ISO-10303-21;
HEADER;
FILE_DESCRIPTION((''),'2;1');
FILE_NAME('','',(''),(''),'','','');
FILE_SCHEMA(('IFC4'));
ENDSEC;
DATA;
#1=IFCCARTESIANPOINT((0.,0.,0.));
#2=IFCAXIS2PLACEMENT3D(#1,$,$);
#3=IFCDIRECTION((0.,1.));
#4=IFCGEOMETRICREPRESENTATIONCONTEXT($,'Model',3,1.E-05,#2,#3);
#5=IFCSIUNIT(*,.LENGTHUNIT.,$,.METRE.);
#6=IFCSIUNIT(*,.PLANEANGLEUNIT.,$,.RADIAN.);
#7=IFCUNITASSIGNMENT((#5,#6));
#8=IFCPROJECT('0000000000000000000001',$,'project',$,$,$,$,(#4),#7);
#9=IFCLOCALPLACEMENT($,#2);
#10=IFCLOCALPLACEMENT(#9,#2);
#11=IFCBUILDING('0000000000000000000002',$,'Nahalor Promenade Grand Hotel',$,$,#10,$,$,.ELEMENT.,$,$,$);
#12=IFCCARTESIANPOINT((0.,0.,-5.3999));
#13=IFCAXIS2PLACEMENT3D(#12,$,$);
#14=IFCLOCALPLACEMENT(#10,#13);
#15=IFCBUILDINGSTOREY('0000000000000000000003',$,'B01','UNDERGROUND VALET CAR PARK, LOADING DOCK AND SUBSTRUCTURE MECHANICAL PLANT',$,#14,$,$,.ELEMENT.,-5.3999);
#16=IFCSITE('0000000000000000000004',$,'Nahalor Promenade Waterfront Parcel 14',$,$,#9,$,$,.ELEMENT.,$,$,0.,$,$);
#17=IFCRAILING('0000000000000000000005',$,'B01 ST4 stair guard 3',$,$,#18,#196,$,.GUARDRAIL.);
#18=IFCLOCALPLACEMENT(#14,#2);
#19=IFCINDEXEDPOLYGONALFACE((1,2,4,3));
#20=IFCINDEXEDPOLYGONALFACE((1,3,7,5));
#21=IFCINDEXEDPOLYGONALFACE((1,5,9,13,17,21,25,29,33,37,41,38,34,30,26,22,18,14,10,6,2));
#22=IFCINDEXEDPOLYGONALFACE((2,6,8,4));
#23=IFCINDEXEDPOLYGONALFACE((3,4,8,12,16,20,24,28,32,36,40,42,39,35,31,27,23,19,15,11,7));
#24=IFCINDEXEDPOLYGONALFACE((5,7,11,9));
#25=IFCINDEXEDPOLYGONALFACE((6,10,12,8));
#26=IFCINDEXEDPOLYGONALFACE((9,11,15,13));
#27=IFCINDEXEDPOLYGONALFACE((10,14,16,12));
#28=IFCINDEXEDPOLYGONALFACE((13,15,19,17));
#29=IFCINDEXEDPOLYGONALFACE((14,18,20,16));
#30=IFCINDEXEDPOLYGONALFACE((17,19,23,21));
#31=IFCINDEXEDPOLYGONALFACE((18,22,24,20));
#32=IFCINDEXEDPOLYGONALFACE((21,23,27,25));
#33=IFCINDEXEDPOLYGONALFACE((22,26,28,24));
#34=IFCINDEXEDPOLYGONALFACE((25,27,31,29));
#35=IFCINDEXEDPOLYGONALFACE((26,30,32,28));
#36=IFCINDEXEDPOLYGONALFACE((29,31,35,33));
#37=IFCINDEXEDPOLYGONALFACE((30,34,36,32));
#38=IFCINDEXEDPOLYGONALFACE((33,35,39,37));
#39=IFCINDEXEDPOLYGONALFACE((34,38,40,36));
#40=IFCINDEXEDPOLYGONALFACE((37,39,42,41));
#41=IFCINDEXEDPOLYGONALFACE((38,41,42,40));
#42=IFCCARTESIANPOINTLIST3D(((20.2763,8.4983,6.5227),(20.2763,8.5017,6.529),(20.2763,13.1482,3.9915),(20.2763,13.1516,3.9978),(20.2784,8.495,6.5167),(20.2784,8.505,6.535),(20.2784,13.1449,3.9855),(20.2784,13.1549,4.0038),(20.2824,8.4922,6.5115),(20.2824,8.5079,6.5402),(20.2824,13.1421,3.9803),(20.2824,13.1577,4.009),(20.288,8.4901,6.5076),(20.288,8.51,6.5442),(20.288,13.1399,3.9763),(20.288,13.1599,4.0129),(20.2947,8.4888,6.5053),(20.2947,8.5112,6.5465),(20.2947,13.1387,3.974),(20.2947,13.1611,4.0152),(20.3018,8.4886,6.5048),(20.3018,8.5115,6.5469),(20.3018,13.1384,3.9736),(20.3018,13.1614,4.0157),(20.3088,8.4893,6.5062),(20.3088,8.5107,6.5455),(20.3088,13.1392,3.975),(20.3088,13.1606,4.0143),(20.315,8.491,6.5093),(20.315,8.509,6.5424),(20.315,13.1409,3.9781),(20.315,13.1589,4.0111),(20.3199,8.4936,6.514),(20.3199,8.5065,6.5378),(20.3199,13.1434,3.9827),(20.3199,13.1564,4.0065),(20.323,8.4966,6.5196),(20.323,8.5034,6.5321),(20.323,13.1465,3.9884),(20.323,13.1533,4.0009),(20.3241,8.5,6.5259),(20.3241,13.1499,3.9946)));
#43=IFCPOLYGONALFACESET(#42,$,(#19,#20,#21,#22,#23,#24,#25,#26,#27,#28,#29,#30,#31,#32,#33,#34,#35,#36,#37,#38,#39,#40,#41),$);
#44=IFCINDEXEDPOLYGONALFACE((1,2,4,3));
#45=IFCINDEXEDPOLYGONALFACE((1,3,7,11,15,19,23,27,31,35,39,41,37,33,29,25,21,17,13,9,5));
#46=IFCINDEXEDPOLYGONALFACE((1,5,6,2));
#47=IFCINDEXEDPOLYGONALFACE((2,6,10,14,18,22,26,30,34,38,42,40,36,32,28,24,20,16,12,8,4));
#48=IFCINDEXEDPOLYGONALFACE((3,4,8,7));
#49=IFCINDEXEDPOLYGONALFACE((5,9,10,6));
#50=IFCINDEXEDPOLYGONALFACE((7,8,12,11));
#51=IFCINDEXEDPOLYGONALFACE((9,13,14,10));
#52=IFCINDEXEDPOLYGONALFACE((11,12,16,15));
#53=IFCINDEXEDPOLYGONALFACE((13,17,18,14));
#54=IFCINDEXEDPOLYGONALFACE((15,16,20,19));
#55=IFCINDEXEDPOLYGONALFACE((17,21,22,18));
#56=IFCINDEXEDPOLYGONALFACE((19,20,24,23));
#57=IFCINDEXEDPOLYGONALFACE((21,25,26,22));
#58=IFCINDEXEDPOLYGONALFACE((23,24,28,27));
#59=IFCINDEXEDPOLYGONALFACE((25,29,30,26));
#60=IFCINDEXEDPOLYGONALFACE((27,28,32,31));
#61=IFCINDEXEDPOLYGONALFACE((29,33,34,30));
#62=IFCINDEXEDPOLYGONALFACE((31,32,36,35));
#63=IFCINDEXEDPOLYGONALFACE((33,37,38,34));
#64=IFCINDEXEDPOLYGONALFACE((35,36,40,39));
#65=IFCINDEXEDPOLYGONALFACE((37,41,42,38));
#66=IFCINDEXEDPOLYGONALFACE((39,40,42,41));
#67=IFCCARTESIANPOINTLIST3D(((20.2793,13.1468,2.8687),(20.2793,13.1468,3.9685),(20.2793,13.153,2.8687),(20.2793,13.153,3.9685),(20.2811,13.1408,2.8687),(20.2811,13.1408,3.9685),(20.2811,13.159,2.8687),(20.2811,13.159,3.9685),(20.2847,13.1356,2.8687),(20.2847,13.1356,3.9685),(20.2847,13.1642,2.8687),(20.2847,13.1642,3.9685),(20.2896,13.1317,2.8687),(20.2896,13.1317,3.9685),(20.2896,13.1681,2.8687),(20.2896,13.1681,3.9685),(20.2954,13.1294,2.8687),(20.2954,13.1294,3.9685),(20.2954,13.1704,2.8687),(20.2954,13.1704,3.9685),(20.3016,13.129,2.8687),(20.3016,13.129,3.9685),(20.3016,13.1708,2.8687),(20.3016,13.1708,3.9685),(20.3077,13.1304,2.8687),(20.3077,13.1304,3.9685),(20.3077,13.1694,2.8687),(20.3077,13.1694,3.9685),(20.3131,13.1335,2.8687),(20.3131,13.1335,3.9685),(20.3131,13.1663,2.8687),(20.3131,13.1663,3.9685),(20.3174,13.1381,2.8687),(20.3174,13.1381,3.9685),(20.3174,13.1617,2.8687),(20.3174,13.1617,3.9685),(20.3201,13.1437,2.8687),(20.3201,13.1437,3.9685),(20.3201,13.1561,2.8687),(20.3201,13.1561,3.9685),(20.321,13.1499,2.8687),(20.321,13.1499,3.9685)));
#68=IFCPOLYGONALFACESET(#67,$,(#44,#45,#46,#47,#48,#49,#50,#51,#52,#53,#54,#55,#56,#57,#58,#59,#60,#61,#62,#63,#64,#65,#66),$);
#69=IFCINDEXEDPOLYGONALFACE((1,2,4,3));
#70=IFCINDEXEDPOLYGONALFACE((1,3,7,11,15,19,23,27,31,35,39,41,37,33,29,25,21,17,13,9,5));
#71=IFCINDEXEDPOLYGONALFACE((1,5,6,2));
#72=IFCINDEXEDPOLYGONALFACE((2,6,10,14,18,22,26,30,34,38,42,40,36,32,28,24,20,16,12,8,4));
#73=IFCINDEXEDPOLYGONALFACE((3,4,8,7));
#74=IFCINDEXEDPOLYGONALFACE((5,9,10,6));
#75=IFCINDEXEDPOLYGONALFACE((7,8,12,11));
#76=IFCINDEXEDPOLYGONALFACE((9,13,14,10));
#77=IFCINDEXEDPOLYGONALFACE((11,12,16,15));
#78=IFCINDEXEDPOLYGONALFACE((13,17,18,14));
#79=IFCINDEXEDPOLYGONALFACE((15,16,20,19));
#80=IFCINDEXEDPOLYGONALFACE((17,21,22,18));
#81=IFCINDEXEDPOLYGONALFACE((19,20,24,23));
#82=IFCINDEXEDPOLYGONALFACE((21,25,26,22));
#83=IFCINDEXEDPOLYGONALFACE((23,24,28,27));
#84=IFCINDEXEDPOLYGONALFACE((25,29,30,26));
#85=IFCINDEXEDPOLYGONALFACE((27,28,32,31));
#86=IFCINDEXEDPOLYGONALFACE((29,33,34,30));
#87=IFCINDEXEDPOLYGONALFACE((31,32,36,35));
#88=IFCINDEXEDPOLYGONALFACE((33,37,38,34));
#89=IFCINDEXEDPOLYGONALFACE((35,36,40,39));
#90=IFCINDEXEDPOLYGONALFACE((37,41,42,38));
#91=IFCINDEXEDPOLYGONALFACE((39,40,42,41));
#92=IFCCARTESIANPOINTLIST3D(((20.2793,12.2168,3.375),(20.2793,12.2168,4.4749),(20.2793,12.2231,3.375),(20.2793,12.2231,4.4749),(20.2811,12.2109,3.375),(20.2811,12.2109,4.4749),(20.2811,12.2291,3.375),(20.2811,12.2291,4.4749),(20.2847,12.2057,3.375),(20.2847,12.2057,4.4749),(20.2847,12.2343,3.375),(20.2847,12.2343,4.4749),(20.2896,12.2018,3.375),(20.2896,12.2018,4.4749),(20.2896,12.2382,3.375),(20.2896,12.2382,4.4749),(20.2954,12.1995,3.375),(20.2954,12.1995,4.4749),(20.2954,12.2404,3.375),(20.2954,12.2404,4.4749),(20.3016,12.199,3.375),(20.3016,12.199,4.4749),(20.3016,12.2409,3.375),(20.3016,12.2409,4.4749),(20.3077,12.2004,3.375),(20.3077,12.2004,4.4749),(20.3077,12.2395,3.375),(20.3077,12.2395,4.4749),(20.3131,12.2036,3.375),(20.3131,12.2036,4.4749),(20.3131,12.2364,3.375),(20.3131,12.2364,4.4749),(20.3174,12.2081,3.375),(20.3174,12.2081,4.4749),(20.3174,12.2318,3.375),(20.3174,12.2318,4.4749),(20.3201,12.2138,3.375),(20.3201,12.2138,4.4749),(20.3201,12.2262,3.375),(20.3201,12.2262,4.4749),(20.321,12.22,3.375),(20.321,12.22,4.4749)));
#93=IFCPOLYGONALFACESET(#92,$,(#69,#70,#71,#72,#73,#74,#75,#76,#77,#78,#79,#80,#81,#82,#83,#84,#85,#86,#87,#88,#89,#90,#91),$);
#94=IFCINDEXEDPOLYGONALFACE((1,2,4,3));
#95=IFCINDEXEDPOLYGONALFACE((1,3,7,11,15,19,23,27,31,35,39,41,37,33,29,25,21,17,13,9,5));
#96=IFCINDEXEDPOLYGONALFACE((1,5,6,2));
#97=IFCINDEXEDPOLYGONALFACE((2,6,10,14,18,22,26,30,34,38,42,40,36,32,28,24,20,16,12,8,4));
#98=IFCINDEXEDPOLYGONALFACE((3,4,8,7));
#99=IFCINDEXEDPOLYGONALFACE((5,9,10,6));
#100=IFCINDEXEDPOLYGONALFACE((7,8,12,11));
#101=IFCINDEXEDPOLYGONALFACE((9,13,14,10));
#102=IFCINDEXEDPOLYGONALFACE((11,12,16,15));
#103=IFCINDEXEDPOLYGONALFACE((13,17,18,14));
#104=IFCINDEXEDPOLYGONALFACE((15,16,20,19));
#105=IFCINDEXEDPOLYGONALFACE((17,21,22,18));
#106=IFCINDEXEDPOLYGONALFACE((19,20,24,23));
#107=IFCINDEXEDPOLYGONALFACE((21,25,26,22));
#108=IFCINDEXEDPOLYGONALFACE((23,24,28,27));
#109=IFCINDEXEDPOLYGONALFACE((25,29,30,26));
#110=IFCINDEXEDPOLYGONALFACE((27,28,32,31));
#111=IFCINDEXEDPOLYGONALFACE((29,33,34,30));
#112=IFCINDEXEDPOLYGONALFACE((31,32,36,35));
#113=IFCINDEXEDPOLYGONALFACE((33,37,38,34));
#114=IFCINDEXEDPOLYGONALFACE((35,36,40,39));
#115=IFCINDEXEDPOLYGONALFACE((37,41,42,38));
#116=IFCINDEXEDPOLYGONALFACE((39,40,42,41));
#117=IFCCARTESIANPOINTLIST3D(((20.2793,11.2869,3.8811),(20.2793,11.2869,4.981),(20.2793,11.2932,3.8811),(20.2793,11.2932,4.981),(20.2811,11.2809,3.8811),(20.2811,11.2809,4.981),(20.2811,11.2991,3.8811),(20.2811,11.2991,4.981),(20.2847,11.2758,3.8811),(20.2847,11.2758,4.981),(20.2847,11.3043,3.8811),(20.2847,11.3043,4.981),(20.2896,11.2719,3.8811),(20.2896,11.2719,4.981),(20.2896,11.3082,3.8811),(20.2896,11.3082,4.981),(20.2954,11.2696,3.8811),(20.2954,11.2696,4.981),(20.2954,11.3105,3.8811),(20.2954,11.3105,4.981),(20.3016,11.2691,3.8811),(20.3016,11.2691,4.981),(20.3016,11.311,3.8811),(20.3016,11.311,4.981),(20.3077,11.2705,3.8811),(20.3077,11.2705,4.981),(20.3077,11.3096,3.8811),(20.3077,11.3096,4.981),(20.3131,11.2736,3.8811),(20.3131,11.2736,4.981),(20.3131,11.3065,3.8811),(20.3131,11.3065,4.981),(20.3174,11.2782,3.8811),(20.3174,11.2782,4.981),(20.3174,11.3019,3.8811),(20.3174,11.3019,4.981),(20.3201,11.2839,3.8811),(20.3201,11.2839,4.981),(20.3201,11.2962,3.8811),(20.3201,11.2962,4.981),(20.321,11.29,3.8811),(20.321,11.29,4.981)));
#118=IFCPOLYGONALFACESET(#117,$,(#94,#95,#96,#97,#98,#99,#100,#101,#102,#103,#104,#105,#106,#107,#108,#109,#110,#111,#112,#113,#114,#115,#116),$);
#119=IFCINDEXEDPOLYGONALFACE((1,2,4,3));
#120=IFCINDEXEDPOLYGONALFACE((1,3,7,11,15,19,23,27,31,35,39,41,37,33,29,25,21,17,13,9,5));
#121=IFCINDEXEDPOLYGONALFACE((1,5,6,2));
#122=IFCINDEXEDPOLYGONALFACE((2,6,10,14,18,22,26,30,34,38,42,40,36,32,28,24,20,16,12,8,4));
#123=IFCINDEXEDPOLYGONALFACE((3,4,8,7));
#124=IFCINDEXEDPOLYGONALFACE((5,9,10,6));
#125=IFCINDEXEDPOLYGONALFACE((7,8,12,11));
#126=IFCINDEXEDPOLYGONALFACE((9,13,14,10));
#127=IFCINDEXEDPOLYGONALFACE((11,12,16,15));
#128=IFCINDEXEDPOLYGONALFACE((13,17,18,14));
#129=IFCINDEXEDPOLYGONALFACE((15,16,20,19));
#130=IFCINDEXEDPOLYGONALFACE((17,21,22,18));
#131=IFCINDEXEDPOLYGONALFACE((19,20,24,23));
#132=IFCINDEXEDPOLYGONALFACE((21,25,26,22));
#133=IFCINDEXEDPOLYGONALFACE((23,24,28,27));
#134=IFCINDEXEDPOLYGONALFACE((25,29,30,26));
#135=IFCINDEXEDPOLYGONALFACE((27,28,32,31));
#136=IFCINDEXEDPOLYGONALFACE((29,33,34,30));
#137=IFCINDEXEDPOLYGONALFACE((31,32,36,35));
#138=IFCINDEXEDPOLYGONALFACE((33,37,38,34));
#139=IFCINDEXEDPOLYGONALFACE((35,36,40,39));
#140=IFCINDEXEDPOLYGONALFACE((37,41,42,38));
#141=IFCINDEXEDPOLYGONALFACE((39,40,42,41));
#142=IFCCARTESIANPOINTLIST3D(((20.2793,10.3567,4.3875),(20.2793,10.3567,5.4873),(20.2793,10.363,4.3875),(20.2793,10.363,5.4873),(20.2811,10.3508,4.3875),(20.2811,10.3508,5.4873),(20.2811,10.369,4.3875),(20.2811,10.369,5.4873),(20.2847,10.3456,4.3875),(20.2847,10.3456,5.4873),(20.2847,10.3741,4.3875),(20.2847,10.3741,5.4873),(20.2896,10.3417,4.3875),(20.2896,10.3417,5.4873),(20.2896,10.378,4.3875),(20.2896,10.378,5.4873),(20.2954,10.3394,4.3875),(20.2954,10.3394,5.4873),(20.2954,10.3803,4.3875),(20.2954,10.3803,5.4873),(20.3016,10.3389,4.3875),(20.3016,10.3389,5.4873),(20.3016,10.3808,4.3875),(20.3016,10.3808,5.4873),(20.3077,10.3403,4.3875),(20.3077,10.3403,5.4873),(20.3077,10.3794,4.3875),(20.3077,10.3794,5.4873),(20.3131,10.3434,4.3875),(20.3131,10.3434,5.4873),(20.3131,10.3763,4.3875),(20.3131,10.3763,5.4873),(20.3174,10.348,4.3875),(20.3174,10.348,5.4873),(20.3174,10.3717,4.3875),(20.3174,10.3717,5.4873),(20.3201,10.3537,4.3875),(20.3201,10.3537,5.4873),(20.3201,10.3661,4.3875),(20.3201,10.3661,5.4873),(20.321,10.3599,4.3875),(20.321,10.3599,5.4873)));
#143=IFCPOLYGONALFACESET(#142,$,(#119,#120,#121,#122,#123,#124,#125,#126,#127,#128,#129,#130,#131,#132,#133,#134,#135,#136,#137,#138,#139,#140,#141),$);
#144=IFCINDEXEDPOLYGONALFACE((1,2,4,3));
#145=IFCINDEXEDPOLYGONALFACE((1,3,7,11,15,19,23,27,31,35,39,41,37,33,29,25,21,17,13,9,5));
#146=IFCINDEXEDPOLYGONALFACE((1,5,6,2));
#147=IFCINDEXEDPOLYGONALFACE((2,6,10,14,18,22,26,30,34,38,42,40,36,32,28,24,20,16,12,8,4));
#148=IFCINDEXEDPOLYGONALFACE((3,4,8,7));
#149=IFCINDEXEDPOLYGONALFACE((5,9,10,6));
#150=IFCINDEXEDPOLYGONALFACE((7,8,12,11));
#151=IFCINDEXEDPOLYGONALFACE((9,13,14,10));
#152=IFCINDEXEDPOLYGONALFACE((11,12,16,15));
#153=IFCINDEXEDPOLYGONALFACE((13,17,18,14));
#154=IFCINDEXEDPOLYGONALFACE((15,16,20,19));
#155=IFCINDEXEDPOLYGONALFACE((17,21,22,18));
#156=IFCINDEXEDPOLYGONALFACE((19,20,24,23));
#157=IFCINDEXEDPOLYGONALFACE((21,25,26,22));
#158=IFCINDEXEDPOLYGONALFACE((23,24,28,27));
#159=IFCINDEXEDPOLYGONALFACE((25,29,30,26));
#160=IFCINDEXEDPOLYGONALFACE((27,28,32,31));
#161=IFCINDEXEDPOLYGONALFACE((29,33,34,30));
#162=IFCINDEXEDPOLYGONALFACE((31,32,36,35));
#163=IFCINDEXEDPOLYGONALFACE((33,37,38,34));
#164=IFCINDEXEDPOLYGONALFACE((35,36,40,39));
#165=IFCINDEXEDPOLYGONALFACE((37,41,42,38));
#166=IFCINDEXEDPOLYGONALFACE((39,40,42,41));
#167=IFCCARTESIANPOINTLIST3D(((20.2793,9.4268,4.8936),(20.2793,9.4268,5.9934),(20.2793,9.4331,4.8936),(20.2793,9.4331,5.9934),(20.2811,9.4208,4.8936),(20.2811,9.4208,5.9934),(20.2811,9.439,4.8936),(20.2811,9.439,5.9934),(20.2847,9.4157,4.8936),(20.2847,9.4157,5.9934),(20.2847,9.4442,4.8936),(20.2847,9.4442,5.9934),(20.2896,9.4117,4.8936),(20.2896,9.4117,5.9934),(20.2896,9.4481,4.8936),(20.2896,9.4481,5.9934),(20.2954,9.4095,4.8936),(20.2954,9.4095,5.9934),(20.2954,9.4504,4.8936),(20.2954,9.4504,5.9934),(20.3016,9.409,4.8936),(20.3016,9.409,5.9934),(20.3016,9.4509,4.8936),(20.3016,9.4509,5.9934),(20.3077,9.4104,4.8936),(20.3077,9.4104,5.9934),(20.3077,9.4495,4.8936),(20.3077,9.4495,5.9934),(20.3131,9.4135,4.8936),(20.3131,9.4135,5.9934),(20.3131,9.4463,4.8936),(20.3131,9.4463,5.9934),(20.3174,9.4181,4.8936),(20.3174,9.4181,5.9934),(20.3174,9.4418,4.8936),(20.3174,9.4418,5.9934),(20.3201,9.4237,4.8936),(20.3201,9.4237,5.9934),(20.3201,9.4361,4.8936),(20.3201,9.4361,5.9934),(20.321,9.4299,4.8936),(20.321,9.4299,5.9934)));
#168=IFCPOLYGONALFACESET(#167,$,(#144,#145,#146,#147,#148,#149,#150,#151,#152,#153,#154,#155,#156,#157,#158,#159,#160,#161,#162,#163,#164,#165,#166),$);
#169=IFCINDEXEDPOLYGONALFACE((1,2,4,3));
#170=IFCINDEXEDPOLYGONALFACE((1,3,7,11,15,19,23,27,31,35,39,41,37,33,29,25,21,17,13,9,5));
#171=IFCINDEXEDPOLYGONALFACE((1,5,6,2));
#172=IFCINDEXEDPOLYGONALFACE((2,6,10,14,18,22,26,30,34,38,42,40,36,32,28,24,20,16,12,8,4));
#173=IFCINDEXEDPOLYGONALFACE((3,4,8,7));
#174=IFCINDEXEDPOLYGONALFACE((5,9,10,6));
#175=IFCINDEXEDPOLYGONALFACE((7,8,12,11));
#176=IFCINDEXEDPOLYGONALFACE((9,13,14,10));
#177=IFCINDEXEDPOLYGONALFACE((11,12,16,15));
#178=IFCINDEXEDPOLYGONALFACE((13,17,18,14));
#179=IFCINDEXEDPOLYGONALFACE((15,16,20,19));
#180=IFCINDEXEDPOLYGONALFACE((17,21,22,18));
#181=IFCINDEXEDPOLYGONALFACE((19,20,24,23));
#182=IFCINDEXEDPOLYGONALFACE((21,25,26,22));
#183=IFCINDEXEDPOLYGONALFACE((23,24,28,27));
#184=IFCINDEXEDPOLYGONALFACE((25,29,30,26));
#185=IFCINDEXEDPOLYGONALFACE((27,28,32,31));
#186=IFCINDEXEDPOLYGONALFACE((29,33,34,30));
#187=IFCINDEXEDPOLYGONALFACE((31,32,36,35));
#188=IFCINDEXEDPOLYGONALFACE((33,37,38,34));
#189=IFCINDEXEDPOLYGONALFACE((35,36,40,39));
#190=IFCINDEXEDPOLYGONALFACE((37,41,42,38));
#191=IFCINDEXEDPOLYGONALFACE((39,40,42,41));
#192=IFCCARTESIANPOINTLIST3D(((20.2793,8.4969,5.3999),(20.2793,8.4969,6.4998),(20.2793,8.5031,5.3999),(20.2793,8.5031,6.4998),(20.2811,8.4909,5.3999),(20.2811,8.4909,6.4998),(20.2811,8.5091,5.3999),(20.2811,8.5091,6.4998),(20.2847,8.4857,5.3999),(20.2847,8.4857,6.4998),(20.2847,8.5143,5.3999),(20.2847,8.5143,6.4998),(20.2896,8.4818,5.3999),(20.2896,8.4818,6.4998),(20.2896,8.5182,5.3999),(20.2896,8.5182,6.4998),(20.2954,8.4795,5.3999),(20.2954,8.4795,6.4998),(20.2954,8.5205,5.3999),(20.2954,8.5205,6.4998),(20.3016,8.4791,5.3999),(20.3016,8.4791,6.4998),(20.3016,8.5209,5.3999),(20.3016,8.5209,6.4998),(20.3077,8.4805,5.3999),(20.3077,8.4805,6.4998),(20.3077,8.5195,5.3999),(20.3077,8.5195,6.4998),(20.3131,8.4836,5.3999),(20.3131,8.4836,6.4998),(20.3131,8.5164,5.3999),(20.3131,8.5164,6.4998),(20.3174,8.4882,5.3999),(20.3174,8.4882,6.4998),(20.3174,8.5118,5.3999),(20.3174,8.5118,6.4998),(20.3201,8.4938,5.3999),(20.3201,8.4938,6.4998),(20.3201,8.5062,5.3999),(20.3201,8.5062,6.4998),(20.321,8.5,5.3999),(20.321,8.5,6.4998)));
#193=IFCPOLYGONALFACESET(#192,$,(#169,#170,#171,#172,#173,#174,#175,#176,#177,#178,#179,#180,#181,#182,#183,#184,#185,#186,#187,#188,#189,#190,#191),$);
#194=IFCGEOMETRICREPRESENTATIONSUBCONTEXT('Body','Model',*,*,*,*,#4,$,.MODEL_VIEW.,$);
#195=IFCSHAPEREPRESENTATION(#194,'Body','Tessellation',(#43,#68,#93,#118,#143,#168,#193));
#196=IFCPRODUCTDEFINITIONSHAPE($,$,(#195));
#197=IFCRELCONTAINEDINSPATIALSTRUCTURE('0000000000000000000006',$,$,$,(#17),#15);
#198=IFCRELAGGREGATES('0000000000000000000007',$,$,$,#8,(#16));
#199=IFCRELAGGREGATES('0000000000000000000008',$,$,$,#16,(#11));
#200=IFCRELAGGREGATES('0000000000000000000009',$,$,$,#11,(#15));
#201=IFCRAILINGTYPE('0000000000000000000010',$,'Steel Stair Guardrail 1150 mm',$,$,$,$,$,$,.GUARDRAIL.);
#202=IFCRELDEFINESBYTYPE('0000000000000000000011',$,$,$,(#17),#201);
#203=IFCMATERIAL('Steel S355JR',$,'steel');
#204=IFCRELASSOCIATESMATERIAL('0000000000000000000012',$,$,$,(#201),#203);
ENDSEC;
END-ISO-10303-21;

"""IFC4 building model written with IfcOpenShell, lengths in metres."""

from ifc_helpers import new_model, si_unit, direction, frame, origin, origin_2d, place, context, subcontext, project, spatial, circle, extrude, material, type_object, element, save


model = new_model("IFC4")

# Units and contexts
model_context = context("Model", 3, precision=1e-05, world=origin(), true_north=direction((0.0, 1.0)))
body_context = subcontext(model_context, "Body", "Model", "MODEL_VIEW")
ifc_project = project(units=[si_unit("LENGTHUNIT", "METRE"), si_unit("PLANEANGLEUNIT", "RADIAN")], contexts=[model_context])

# Site, building, storey
site_placement = place(None, origin())
site = spatial("IfcSite", under=ifc_project, at=site_placement, Name="Nahalor Promenade Waterfront Parcel 14", CompositionType="ELEMENT", RefElevation=0.0)
building_placement = place(site_placement, origin())
building = spatial("IfcBuilding", under=site, at=building_placement, Name="Nahalor Promenade Grand Hotel", CompositionType="ELEMENT")
storey_placement = place(building_placement, frame((0.0, 0.0, -5.3999)))
storey = spatial("IfcBuildingStorey", under=building, at=storey_placement, Name="B01", Description="UNDERGROUND VALET CAR PARK, LOADING DOCK AND SUBSTRUCTURE MECHANICAL PLANT", CompositionType="ELEMENT", Elevation=-5.3999)

# Shared definitions
ifc_material_1 = material(Name="Steel S355JR", Category="steel")

# Railing
railing_type_1 = type_object("IfcRailingType", Name="Steel Stair Guardrail 1150 mm", PredefinedType="GUARDRAIL", material=ifc_material_1)
railing_1_placement = place(storey_placement, frame((20.3, 13.1499, 2.8687)))
element("IfcRailing", 1, at=railing_1_placement, inside=storey, type_object=railing_type_1, Name="B01 ST4 stair guard 3", PredefinedType="GUARDRAIL", context=body_context, shape_type="SweptSolid", body=[
    extrude(circle(Radius=0.024, at=origin_2d()), frame((0.0, 0.0, 1.126), z_axis=(0.0, -0.878297, 0.478115), x_axis=(1.0, 0.0, 0.0)), (0.0, 0.0, 1.0), 5.2942),
    extrude(circle(Radius=0.021, at=origin_2d()), origin(), (0.0, 0.0, 1.0), 1.0999),
    extrude(circle(Radius=0.021, at=origin_2d()), frame((0.0, -0.9299, 0.5063)), (0.0, 0.0, 1.0), 1.0999),
    extrude(circle(Radius=0.021, at=origin_2d()), frame((0.0, -1.8599, 1.0125)), (0.0, 0.0, 1.0), 1.0999),
    extrude(circle(Radius=0.021, at=origin_2d()), frame((0.0, -2.79, 1.5188)), (0.0, 0.0, 1.0), 1.0999),
    extrude(circle(Radius=0.021, at=origin_2d()), frame((0.0, -3.72, 2.0249)), (0.0, 0.0, 1.0), 1.0999),
    extrude(circle(Radius=0.021, at=origin_2d()), frame((0.0, -4.6499, 2.5312)), (0.0, 0.0, 1.0), 1.0999),
])

save(model, "model.ifc")
